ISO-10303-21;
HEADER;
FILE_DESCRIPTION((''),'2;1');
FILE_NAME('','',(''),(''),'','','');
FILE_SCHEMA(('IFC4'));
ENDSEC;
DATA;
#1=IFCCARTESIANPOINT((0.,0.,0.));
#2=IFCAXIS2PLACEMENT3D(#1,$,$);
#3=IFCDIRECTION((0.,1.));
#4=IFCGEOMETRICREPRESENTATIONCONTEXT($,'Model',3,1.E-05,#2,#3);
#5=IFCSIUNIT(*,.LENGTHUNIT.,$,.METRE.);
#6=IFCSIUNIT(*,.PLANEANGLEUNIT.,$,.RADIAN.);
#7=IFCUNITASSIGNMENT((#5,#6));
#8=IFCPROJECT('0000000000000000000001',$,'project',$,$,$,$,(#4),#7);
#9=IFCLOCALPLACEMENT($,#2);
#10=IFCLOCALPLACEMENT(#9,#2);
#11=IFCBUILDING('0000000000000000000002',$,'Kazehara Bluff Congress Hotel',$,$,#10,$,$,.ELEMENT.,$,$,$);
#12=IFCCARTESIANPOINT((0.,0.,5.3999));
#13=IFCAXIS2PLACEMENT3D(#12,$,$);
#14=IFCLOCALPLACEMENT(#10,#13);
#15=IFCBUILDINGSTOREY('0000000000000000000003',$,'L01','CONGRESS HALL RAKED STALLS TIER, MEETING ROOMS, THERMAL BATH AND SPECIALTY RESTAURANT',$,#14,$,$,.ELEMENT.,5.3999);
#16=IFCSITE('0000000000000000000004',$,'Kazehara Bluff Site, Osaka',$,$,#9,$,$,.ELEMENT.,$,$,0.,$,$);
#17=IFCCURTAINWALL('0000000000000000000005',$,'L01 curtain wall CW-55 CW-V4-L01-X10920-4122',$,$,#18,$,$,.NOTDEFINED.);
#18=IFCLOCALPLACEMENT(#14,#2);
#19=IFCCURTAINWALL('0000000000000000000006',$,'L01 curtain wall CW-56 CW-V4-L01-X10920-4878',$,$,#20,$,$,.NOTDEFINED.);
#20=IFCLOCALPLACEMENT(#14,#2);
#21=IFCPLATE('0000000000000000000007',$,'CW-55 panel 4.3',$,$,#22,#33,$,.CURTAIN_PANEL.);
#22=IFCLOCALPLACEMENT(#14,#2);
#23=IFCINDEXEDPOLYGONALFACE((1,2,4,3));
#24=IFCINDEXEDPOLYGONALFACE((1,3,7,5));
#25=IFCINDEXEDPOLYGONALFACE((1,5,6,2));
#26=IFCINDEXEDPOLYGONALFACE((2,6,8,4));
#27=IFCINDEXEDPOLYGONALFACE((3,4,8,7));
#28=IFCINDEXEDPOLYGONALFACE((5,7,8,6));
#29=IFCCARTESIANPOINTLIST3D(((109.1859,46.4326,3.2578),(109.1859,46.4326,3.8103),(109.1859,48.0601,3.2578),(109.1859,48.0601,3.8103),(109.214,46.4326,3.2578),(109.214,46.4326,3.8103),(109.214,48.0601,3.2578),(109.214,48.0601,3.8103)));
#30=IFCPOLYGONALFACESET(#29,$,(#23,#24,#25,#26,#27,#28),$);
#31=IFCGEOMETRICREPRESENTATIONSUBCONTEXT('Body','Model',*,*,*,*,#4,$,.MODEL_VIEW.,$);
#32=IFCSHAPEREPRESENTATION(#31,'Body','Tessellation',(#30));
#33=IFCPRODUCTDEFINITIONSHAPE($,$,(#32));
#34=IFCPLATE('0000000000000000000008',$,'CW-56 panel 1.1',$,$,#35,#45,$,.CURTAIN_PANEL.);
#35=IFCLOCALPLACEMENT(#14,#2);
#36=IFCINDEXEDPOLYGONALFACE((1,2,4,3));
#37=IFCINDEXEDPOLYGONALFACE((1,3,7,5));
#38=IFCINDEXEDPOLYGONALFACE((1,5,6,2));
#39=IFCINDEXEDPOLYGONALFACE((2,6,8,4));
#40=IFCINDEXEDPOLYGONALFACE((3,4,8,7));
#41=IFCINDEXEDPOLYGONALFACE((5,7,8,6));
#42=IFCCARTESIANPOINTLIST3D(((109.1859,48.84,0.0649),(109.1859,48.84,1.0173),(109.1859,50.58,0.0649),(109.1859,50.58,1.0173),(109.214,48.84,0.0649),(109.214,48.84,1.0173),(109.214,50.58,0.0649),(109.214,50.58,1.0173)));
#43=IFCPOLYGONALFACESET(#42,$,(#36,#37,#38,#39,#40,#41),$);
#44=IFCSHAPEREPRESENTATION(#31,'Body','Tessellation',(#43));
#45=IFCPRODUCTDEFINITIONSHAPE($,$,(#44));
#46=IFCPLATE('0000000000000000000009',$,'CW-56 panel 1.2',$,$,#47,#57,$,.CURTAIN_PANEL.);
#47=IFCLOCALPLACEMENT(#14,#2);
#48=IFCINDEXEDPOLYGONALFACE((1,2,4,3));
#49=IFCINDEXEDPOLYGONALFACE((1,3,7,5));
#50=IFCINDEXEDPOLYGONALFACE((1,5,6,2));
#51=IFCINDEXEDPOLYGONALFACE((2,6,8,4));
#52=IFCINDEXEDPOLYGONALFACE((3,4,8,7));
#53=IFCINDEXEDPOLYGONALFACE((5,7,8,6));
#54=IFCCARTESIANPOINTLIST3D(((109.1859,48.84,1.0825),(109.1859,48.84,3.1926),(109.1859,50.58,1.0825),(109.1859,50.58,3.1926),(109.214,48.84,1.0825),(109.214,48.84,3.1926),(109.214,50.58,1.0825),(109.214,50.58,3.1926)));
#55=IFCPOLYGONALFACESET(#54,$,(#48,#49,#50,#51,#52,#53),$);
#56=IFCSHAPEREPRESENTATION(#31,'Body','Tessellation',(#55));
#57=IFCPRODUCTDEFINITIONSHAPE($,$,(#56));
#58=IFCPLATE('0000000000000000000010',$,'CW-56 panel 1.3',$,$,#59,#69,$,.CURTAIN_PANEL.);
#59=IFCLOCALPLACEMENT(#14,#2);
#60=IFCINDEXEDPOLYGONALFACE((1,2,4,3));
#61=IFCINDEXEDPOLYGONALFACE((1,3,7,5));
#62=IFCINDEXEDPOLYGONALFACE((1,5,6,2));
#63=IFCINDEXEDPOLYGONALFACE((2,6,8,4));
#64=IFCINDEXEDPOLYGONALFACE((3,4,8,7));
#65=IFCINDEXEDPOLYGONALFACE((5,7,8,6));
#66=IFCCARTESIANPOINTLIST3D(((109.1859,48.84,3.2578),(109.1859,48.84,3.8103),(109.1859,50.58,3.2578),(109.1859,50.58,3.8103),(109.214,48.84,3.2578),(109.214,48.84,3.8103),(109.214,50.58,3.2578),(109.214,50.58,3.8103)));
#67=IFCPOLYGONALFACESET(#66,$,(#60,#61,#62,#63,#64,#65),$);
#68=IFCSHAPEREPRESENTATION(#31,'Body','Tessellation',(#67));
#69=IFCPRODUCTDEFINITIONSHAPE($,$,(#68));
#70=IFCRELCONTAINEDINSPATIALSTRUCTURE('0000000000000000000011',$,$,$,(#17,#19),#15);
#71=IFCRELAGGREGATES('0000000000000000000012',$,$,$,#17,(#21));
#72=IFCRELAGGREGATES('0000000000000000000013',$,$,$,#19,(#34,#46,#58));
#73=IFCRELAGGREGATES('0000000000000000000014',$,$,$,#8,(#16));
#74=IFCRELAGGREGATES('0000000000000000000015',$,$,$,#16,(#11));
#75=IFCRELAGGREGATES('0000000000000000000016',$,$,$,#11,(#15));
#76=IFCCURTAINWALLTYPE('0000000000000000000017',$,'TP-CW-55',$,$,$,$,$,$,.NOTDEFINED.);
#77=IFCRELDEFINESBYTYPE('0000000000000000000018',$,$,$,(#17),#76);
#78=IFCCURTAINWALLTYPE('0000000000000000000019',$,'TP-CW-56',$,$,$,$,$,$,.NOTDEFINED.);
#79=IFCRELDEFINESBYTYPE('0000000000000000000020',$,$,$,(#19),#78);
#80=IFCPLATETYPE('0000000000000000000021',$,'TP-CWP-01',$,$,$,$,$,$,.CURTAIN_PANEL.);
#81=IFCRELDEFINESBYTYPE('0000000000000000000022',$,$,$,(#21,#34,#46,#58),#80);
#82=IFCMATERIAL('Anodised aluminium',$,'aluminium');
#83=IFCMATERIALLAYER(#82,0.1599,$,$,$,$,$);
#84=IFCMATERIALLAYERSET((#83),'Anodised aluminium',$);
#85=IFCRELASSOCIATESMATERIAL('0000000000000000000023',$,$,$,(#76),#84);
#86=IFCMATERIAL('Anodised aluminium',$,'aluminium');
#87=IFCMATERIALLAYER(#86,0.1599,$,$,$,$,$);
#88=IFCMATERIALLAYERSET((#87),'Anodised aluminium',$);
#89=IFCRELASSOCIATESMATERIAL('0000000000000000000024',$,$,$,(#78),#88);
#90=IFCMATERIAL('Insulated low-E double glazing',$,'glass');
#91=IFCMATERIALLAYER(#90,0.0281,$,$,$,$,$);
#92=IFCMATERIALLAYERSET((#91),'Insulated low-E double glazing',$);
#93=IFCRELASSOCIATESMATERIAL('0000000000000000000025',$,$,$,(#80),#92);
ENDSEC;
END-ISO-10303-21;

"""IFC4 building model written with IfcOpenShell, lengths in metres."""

from ifc_helpers import new_model, si_unit, direction, frame, origin, origin_2d, place, context, subcontext, project, spatial, rectangle, extrude, material, layer, layer_set, type_object, element, aggregate, save


model = new_model("IFC4")

# Units and contexts
model_context = context("Model", 3, precision=1e-05, world=origin(), true_north=direction((0.0, 1.0)))
body_context = subcontext(model_context, "Body", "Model", "MODEL_VIEW")
ifc_project = project(units=[si_unit("LENGTHUNIT", "METRE"), si_unit("PLANEANGLEUNIT", "RADIAN")], contexts=[model_context])

# Site, building, storey
site_placement = place(None, origin())
site = spatial("IfcSite", under=ifc_project, at=site_placement, Name="Kazehara Bluff Site, Osaka", CompositionType="ELEMENT", RefElevation=0.0)
building_placement = place(site_placement, origin())
building = spatial("IfcBuilding", under=site, at=building_placement, Name="Kazehara Bluff Congress Hotel", CompositionType="ELEMENT")
storey_placement = place(building_placement, frame((0.0, 0.0, 5.3999)))
storey = spatial("IfcBuildingStorey", under=building, at=storey_placement, Name="L01", Description="CONGRESS HALL RAKED STALLS TIER, MEETING ROOMS, THERMAL BATH AND SPECIALTY RESTAURANT", CompositionType="ELEMENT", Elevation=5.3999)

# Curtain walls
ifc_material_1 = material(Name="Anodised aluminium", Category="aluminium")
ifc_layer_1 = layer(ifc_material_1, 0.1599)
ifc_layer_set_1 = layer_set([ifc_layer_1], Name="Anodised aluminium")
curtain_wall_type_1 = type_object("IfcCurtainWallType", Name="TP-CW-55", PredefinedType="NOTDEFINED", material=ifc_layer_set_1)
curtain_wall_1_placement = place(storey_placement, origin())
curtain_wall_1 = element("IfcCurtainWall", 1, at=curtain_wall_1_placement, inside=storey, type_object=curtain_wall_type_1, Name="L01 curtain wall CW-55 CW-V4-L01-X10920-4122", PredefinedType="NOTDEFINED")
ifc_material_2 = material(Name="Anodised aluminium", Category="aluminium")
ifc_layer_2 = layer(ifc_material_2, 0.1599)
ifc_layer_set_2 = layer_set([ifc_layer_2], Name="Anodised aluminium")
curtain_wall_type_2 = type_object("IfcCurtainWallType", Name="TP-CW-56", PredefinedType="NOTDEFINED", material=ifc_layer_set_2)
curtain_wall_2_placement = place(storey_placement, origin())
curtain_wall_2 = element("IfcCurtainWall", 2, at=curtain_wall_2_placement, inside=storey, type_object=curtain_wall_type_2, Name="L01 curtain wall CW-56 CW-V4-L01-X10920-4878", PredefinedType="NOTDEFINED")

# Plates
ifc_material_3 = material(Name="Insulated low-E double glazing", Category="glass")
ifc_layer_3 = layer(ifc_material_3, 0.0281)
ifc_layer_set_3 = layer_set([ifc_layer_3], Name="Insulated low-E double glazing")
plate_type = type_object("IfcPlateType", Name="TP-CWP-01", PredefinedType="CURTAIN_PANEL", material=ifc_layer_set_3)
plate_1_placement = place(storey_placement, frame((109.2, 47.2463, 3.2578), z_axis=(0.0, 0.0, 1.0), x_axis=(0.0, 1.0, 0.0)))
plate_1 = element("IfcPlate", 3, at=plate_1_placement, type_object=plate_type, Name="CW-55 panel 4.3", PredefinedType="CURTAIN_PANEL", context=body_context, shape_type="SweptSolid", body=[
    extrude(rectangle(XDim=1.6274, YDim=0.0281, at=origin_2d()), origin(), (0.0, 0.0, 1.0), 0.5525),
])
aggregate(curtain_wall_1, [plate_1])
plate_2_placement = place(storey_placement, frame((109.2, 49.71, 0.0649), z_axis=(0.0, 0.0, 1.0), x_axis=(0.0, 1.0, 0.0)))
plate_2 = element("IfcPlate", 4, at=plate_2_placement, type_object=plate_type, Name="CW-56 panel 1.1", PredefinedType="CURTAIN_PANEL", context=body_context, shape_type="SweptSolid", body=[
    extrude(rectangle(XDim=1.74, YDim=0.0281, at=origin_2d()), origin(), (0.0, 0.0, 1.0), 0.9524),
])
plate_3_placement = place(storey_placement, frame((109.2, 49.71, 1.0825), z_axis=(0.0, 0.0, 1.0), x_axis=(0.0, 1.0, 0.0)))
plate_3 = element("IfcPlate", 5, at=plate_3_placement, type_object=plate_type, Name="CW-56 panel 1.2", PredefinedType="CURTAIN_PANEL", context=body_context, shape_type="SweptSolid", body=[
    extrude(rectangle(XDim=1.74, YDim=0.0281, at=origin_2d()), origin(), (0.0, 0.0, 1.0), 2.1101),
])
plate_4_placement = place(storey_placement, frame((109.2, 49.71, 3.2578), z_axis=(0.0, 0.0, 1.0), x_axis=(0.0, 1.0, 0.0)))
plate_4 = element("IfcPlate", 6, at=plate_4_placement, type_object=plate_type, Name="CW-56 panel 1.3", PredefinedType="CURTAIN_PANEL", context=body_context, shape_type="SweptSolid", body=[
    extrude(rectangle(XDim=1.74, YDim=0.0281, at=origin_2d()), origin(), (0.0, 0.0, 1.0), 0.5525),
])
aggregate(curtain_wall_2, [plate_2, plate_3, plate_4])

save(model, "model.ifc")
